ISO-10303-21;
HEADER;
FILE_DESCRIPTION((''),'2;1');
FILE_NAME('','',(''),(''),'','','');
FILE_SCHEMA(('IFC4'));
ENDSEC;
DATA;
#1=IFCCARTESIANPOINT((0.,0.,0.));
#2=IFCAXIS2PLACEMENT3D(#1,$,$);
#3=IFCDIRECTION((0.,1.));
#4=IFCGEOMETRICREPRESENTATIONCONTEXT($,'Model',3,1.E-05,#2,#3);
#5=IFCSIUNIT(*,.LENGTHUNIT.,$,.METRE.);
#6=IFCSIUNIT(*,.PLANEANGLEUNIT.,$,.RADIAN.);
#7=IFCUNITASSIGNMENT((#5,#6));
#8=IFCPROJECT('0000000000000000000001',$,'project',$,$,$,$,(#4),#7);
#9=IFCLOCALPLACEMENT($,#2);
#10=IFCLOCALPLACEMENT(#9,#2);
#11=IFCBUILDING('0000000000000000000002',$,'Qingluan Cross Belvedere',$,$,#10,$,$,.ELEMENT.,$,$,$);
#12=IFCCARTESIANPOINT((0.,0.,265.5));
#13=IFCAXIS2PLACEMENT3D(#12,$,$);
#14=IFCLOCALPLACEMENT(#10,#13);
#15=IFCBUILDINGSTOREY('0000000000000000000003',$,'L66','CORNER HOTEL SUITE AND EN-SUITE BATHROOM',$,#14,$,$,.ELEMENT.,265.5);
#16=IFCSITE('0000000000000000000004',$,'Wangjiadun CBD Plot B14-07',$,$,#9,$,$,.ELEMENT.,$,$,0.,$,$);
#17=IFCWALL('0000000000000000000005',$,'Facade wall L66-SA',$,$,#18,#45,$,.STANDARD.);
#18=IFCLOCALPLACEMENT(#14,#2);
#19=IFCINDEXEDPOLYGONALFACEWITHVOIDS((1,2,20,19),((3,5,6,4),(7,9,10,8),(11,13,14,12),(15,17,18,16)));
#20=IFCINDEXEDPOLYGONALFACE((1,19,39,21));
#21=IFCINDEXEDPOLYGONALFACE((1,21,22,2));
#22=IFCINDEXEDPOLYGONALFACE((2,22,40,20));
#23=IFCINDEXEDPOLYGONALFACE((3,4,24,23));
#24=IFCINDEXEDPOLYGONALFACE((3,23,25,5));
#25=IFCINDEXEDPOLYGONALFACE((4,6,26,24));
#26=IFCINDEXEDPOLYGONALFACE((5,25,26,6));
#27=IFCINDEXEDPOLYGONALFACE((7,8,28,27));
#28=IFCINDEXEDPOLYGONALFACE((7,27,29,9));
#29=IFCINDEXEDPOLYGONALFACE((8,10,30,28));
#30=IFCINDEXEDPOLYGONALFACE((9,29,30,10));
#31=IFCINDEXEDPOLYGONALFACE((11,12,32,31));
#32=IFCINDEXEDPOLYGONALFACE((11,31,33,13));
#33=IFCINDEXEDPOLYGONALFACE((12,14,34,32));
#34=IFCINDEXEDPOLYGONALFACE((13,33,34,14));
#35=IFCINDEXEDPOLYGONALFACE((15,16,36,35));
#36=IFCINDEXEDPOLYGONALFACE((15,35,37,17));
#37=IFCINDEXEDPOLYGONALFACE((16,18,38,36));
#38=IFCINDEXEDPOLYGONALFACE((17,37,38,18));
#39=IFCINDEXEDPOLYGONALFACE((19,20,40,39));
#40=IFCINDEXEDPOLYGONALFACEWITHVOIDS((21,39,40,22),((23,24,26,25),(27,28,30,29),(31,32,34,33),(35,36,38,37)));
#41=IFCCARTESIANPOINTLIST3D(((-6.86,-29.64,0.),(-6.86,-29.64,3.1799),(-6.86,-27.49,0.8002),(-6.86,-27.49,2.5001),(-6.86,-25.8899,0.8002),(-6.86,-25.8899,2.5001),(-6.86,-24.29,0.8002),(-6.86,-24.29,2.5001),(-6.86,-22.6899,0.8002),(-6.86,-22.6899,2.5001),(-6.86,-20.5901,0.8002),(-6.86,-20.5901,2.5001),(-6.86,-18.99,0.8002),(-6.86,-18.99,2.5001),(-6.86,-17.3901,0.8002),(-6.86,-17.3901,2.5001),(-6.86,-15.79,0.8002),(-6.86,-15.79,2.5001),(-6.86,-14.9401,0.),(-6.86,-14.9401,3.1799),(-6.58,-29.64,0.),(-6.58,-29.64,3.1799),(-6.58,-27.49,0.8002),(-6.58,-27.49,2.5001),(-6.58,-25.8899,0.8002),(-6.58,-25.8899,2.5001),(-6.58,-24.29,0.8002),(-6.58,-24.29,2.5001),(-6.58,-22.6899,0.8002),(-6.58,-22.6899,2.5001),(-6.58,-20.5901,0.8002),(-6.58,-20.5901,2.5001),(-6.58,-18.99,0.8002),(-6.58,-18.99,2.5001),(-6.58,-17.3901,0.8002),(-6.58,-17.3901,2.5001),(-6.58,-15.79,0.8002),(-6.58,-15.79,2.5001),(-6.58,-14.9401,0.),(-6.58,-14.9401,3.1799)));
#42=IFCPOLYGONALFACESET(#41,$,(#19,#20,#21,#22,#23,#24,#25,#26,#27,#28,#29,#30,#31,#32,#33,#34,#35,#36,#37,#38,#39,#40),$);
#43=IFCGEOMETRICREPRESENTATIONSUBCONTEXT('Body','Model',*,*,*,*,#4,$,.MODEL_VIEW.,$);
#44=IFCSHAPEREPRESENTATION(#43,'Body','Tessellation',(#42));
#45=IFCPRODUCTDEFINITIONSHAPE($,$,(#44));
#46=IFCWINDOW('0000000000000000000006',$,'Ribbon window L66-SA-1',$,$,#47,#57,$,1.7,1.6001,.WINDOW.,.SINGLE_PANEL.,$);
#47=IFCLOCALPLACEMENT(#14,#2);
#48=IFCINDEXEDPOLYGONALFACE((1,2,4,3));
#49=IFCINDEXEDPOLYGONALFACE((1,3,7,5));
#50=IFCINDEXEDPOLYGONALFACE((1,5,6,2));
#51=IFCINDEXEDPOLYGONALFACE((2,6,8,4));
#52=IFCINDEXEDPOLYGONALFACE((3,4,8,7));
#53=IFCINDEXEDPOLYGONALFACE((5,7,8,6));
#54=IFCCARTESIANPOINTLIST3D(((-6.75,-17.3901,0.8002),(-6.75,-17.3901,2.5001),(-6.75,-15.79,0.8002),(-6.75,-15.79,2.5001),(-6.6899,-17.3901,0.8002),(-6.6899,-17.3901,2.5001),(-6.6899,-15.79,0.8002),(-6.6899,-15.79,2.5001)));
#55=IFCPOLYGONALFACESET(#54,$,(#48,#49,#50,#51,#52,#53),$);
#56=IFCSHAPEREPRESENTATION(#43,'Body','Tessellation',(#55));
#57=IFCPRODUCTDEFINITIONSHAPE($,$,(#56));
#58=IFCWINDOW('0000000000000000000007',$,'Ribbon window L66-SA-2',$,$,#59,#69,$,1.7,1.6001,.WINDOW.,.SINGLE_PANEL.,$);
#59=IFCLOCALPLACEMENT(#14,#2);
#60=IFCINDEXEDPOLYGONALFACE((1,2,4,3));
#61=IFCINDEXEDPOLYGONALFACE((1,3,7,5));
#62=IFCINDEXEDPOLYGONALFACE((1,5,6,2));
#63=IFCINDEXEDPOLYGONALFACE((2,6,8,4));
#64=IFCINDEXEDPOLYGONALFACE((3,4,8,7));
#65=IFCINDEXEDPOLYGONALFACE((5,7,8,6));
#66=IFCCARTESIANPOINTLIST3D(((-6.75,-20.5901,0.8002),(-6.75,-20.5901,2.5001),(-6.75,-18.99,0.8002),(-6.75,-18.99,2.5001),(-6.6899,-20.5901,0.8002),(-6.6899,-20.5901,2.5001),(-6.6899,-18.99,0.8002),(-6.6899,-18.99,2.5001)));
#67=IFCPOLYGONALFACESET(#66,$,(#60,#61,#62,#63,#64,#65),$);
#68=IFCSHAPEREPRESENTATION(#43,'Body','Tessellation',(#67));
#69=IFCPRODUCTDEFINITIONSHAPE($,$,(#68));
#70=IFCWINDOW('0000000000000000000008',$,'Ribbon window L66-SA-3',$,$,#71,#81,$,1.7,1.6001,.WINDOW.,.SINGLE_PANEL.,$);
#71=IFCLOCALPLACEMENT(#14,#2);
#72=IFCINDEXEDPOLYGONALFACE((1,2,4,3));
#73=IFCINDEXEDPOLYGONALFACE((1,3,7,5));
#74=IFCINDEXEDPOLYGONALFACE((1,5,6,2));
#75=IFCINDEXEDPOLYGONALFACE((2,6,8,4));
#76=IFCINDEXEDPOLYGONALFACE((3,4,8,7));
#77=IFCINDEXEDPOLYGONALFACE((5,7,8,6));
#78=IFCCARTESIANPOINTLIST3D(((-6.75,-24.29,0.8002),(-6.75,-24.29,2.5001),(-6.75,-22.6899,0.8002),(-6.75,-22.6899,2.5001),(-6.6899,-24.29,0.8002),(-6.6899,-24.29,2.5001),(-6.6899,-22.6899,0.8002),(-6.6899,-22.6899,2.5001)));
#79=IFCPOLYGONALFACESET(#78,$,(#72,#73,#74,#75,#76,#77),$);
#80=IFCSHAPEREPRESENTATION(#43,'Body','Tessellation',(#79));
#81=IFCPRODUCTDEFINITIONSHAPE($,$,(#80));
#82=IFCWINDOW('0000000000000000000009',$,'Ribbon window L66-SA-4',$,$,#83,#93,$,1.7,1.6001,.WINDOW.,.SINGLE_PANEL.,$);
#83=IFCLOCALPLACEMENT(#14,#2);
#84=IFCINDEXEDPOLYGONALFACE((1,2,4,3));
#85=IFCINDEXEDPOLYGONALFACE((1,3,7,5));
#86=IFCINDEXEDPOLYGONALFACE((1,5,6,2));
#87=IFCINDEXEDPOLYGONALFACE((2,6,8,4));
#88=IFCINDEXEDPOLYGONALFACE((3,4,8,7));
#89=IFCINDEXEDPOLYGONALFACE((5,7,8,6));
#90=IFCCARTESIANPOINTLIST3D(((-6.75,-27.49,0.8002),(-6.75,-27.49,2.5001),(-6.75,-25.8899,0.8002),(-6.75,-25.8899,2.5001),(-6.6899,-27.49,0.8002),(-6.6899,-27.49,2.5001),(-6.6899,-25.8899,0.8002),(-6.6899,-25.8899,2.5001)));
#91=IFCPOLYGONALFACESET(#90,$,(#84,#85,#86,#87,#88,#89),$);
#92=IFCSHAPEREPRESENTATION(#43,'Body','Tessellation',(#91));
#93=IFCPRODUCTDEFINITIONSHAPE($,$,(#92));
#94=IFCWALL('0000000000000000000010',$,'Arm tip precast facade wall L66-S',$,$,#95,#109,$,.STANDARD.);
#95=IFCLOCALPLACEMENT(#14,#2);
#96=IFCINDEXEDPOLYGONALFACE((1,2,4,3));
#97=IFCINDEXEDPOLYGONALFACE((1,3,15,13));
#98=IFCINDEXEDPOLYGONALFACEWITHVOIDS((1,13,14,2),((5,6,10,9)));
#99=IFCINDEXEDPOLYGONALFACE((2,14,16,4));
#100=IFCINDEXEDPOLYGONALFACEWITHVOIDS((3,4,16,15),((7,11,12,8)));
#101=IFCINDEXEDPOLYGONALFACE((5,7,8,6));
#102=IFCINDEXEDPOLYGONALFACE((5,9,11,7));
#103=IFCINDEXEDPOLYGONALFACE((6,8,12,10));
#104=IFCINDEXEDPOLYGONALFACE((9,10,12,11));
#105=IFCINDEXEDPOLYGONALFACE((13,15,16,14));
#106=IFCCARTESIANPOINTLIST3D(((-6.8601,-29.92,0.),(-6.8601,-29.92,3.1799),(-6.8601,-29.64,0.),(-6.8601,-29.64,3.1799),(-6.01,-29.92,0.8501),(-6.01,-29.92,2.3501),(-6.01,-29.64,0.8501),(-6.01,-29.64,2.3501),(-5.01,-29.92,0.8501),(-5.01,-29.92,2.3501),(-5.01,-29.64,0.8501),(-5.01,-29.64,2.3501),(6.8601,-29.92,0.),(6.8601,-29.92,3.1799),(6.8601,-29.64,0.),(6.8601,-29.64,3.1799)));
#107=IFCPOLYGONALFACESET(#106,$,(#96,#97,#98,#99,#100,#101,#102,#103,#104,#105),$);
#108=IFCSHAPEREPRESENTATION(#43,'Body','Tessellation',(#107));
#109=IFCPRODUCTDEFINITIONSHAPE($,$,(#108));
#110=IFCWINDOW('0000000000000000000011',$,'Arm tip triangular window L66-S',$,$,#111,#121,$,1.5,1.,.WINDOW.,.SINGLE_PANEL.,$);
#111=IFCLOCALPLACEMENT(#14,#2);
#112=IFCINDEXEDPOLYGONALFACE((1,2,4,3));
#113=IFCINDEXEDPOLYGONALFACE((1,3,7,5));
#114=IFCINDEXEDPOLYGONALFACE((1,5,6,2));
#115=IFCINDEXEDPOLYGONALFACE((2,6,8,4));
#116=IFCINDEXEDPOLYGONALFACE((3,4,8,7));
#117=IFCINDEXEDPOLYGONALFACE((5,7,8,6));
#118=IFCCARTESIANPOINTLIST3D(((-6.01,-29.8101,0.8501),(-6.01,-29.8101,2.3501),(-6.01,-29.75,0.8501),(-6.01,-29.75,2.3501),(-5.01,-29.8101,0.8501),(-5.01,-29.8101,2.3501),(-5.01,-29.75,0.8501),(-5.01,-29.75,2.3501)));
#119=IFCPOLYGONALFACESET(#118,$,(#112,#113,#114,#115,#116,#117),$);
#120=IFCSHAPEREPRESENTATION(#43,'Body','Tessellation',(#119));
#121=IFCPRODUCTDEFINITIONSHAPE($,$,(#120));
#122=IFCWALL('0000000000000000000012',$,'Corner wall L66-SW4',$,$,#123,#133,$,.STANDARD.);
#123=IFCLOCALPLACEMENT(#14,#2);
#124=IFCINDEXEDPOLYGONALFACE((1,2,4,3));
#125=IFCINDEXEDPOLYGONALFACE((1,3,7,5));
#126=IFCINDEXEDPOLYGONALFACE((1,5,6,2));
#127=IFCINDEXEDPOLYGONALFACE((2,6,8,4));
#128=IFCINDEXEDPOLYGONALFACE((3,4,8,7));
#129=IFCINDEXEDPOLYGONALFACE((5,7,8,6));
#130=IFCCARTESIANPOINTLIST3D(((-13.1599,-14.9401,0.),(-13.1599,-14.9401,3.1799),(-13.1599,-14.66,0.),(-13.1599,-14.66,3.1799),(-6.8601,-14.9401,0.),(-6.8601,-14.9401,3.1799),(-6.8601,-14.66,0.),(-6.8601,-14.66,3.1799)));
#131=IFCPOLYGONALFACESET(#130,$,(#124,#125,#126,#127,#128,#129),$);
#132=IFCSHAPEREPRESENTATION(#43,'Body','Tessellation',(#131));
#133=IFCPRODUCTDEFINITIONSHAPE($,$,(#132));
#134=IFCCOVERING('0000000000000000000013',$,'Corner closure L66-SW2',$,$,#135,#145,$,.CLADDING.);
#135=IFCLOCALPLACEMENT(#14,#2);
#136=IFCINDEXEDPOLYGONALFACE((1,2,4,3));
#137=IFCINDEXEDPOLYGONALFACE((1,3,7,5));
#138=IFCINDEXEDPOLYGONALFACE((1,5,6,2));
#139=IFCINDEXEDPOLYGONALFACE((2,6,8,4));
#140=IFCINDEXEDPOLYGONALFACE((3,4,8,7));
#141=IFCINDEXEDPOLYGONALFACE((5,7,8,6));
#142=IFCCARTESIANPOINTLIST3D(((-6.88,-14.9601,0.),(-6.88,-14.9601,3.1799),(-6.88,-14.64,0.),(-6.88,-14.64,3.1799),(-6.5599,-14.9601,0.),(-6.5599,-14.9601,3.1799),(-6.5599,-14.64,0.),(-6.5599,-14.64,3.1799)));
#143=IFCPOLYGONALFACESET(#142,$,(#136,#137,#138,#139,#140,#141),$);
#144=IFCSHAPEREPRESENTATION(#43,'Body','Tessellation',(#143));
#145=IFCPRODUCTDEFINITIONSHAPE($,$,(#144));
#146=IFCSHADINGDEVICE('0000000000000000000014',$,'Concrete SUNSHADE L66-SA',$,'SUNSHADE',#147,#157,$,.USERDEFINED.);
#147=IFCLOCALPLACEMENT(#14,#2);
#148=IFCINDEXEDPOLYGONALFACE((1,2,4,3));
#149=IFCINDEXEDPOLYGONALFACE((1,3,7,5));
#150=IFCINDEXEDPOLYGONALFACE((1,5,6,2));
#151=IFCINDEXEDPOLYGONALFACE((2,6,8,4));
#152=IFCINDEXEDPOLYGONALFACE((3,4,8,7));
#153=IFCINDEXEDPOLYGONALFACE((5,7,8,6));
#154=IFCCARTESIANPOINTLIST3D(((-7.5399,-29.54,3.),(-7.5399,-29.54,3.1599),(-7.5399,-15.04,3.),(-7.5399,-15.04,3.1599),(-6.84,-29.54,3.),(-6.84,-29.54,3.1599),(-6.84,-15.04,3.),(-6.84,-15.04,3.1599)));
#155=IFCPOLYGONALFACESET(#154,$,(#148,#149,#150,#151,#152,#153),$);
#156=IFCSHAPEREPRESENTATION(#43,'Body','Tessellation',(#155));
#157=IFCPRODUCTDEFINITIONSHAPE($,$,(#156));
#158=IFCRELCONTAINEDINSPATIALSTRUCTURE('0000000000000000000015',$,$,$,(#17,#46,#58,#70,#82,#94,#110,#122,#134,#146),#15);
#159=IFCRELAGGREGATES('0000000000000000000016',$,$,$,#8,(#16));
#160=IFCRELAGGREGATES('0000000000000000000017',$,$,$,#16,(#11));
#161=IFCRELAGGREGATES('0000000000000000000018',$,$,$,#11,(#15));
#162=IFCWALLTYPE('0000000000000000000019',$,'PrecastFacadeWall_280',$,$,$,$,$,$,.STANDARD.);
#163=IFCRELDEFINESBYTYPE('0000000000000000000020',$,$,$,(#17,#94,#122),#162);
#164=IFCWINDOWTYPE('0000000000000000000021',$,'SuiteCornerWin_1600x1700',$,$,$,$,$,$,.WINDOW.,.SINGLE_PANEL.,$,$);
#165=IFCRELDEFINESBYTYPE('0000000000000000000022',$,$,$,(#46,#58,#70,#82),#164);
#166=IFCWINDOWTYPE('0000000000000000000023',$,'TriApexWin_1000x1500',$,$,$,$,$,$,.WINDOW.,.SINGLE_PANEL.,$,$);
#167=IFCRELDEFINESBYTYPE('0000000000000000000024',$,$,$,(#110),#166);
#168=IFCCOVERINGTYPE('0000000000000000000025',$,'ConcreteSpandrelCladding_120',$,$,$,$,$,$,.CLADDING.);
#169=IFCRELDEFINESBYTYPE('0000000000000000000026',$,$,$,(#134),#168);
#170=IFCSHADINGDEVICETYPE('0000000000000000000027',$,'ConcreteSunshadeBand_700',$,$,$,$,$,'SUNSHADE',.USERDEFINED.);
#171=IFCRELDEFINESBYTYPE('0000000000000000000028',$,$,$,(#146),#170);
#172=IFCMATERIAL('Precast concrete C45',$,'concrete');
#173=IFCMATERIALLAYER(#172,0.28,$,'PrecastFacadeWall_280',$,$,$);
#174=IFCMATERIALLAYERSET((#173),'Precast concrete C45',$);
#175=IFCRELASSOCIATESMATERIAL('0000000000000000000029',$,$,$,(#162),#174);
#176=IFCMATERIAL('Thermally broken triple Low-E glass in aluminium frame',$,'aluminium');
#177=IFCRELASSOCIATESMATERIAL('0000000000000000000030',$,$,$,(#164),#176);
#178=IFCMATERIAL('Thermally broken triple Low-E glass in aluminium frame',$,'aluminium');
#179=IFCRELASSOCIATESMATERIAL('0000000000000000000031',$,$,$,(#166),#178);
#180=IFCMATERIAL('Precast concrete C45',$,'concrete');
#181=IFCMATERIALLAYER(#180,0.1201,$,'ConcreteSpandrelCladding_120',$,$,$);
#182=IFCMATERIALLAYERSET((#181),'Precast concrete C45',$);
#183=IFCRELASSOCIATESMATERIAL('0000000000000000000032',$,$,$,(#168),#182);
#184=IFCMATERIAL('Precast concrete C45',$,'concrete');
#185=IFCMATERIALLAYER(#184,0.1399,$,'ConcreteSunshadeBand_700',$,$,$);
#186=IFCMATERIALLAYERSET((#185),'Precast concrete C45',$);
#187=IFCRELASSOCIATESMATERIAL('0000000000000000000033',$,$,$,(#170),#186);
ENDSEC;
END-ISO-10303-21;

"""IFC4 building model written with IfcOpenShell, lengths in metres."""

from ifc_helpers import new_model, si_unit, direction, frame, frame_2d, origin, origin_2d, place, context, subcontext, project, spatial, rectangle, extrude, material, layer, layer_set, type_object, element, fill, save


model = new_model("IFC4")

# Units and contexts
model_context = context("Model", 3, precision=1e-05, world=origin(), true_north=direction((0.0, 1.0)))
body_context = subcontext(model_context, "Body", "Model", "MODEL_VIEW")
ifc_project = project(units=[si_unit("LENGTHUNIT", "METRE"), si_unit("PLANEANGLEUNIT", "RADIAN")], contexts=[model_context])

# Site, building, storey
site_placement = place(None, origin())
site = spatial("IfcSite", under=ifc_project, at=site_placement, Name="Wangjiadun CBD Plot B14-07", CompositionType="ELEMENT", RefElevation=0.0)
building_placement = place(site_placement, origin())
building = spatial("IfcBuilding", under=site, at=building_placement, Name="Qingluan Cross Belvedere", CompositionType="ELEMENT")
storey_placement = place(building_placement, frame((0.0, 0.0, 265.5)))
storey = spatial("IfcBuildingStorey", under=building, at=storey_placement, Name="L66", Description="CORNER HOTEL SUITE AND EN-SUITE BATHROOM", CompositionType="ELEMENT", Elevation=265.5)

# Wall, openings, windows
ifc_material_1 = material(Name="Precast concrete C45", Category="concrete")
ifc_layer_1 = layer(ifc_material_1, 0.28, Name="PrecastFacadeWall_280")
ifc_layer_set_1 = layer_set([ifc_layer_1], Name="Precast concrete C45")
wall_type_1 = type_object("IfcWallType", Name="PrecastFacadeWall_280", PredefinedType="STANDARD", material=ifc_layer_set_1)
wall_1_placement = place(storey_placement, frame((-6.72, -14.9399, 0.0), z_axis=(0.0, 0.0, 1.0), x_axis=(0.0, -1.0, 0.0)))
wall_1 = element("IfcWall", 1, at=wall_1_placement, inside=storey, type_object=wall_type_1, Name="Facade wall L66-SA", PredefinedType="STANDARD", context=body_context, shape_type="SweptSolid", body=[
    extrude(rectangle(XDim=14.7, YDim=0.28, at=frame_2d((7.3501, 0.0))), origin(), (0.0, 0.0, 1.0), 3.1799),
])
opening_1_placement = place(wall_1_placement, frame((0.8501, 0.0, 0.8)))
opening_1 = element("IfcOpeningElement", 2, at=opening_1_placement, cuts=wall_1, PredefinedType="OPENING", context=body_context, shape_type="SweptSolid", body=[
    extrude(rectangle(XDim=1.6001, YDim=1.7, at=frame_2d((0.8, 0.8501))), frame((0.0, 0.1499, 0.0), z_axis=(0.0, -1.0, 0.0), x_axis=(1.0, 0.0, 0.0)), (0.0, 0.0, 1.0), 0.3),
])
opening_2_placement = place(wall_1_placement, frame((4.05, 0.0, 0.8)))
opening_2 = element("IfcOpeningElement", 3, at=opening_2_placement, cuts=wall_1, PredefinedType="OPENING", context=body_context, shape_type="SweptSolid", body=[
    extrude(rectangle(XDim=1.6001, YDim=1.7, at=frame_2d((0.8, 0.8501))), frame((0.0, 0.1499, 0.0), z_axis=(0.0, -1.0, 0.0), x_axis=(1.0, 0.0, 0.0)), (0.0, 0.0, 1.0), 0.3),
])
opening_3_placement = place(wall_1_placement, frame((7.75, 0.0, 0.8)))
opening_3 = element("IfcOpeningElement", 4, at=opening_3_placement, cuts=wall_1, PredefinedType="OPENING", context=body_context, shape_type="SweptSolid", body=[
    extrude(rectangle(XDim=1.6001, YDim=1.7, at=frame_2d((0.8, 0.8501))), frame((0.0, 0.1499, 0.0), z_axis=(0.0, -1.0, 0.0), x_axis=(1.0, 0.0, 0.0)), (0.0, 0.0, 1.0), 0.3),
])
opening_4_placement = place(wall_1_placement, frame((10.95, 0.0, 0.8)))
opening_4 = element("IfcOpeningElement", 5, at=opening_4_placement, cuts=wall_1, PredefinedType="OPENING", context=body_context, shape_type="SweptSolid", body=[
    extrude(rectangle(XDim=1.6001, YDim=1.7, at=frame_2d((0.8, 0.8501))), frame((0.0, 0.1499, 0.0), z_axis=(0.0, -1.0, 0.0), x_axis=(1.0, 0.0, 0.0)), (0.0, 0.0, 1.0), 0.3),
])
ifc_material_2 = material(Name="Thermally broken triple Low-E glass in aluminium frame", Category="aluminium")
window_type_1 = type_object("IfcWindowType", Name="SuiteCornerWin_1600x1700", PartitioningType="SINGLE_PANEL", PredefinedType="WINDOW", material=ifc_material_2)
window_1_placement = place(opening_1_placement, origin())
window_1 = element("IfcWindow", 6, at=window_1_placement, inside=storey, type_object=window_type_1, Name="Ribbon window L66-SA-1", OverallHeight=1.7, OverallWidth=1.6001, PartitioningType="SINGLE_PANEL", PredefinedType="WINDOW", context=body_context, shape_type="SweptSolid", body=[
    extrude(rectangle(XDim=1.6001, YDim=1.7, at=frame_2d((0.8, 0.8501))), frame((0.0, 0.03, 0.0), z_axis=(0.0, -1.0, 0.0), x_axis=(1.0, 0.0, 0.0)), (0.0, 0.0, 1.0), 0.0601),
])
fill(opening_1, window_1)
window_2_placement = place(opening_2_placement, origin())
window_2 = element("IfcWindow", 7, at=window_2_placement, inside=storey, type_object=window_type_1, Name="Ribbon window L66-SA-2", OverallHeight=1.7, OverallWidth=1.6001, PartitioningType="SINGLE_PANEL", PredefinedType="WINDOW", context=body_context, shape_type="SweptSolid", body=[
    extrude(rectangle(XDim=1.6001, YDim=1.7, at=frame_2d((0.8, 0.8501))), frame((0.0, 0.03, 0.0), z_axis=(0.0, -1.0, 0.0), x_axis=(1.0, 0.0, 0.0)), (0.0, 0.0, 1.0), 0.0601),
])
fill(opening_2, window_2)
window_3_placement = place(opening_3_placement, origin())
window_3 = element("IfcWindow", 8, at=window_3_placement, inside=storey, type_object=window_type_1, Name="Ribbon window L66-SA-3", OverallHeight=1.7, OverallWidth=1.6001, PartitioningType="SINGLE_PANEL", PredefinedType="WINDOW", context=body_context, shape_type="SweptSolid", body=[
    extrude(rectangle(XDim=1.6001, YDim=1.7, at=frame_2d((0.8, 0.8501))), frame((0.0, 0.03, 0.0), z_axis=(0.0, -1.0, 0.0), x_axis=(1.0, 0.0, 0.0)), (0.0, 0.0, 1.0), 0.0601),
])
fill(opening_3, window_3)
window_4_placement = place(opening_4_placement, origin())
window_4 = element("IfcWindow", 9, at=window_4_placement, inside=storey, type_object=window_type_1, Name="Ribbon window L66-SA-4", OverallHeight=1.7, OverallWidth=1.6001, PartitioningType="SINGLE_PANEL", PredefinedType="WINDOW", context=body_context, shape_type="SweptSolid", body=[
    extrude(rectangle(XDim=1.6001, YDim=1.7, at=frame_2d((0.8, 0.8501))), frame((0.0, 0.03, 0.0), z_axis=(0.0, -1.0, 0.0), x_axis=(1.0, 0.0, 0.0)), (0.0, 0.0, 1.0), 0.0601),
])
fill(opening_4, window_4)

# Wall, opening, window
wall_2_placement = place(storey_placement, frame((-6.8601, -29.78, 0.0), z_axis=(0.0, 0.0, 1.0), x_axis=(1.0, 0.0, 0.0)))
wall_2 = element("IfcWall", 10, at=wall_2_placement, inside=storey, type_object=wall_type_1, Name="Arm tip precast facade wall L66-S", PredefinedType="STANDARD", context=body_context, shape_type="SweptSolid", body=[
    extrude(rectangle(XDim=13.7202, YDim=0.28, at=frame_2d((6.8601, 0.0))), origin(), (0.0, 0.0, 1.0), 3.1799),
])
opening_5_placement = place(wall_2_placement, frame((0.8501, 0.0, 0.8501)))
opening_5 = element("IfcOpeningElement", 11, at=opening_5_placement, cuts=wall_2, PredefinedType="OPENING", context=body_context, shape_type="SweptSolid", body=[
    extrude(rectangle(XDim=1.0, YDim=1.5, at=frame_2d((0.5, 0.75))), frame((0.0, 0.1499, 0.0), z_axis=(0.0, -1.0, 0.0), x_axis=(1.0, 0.0, 0.0)), (0.0, 0.0, 1.0), 0.3),
])
ifc_material_3 = material(Name="Thermally broken triple Low-E glass in aluminium frame", Category="aluminium")
window_type_2 = type_object("IfcWindowType", Name="TriApexWin_1000x1500", PartitioningType="SINGLE_PANEL", PredefinedType="WINDOW", material=ifc_material_3)
window_5_placement = place(opening_5_placement, origin())
window_5 = element("IfcWindow", 12, at=window_5_placement, inside=storey, type_object=window_type_2, Name="Arm tip triangular window L66-S", OverallHeight=1.5, OverallWidth=1.0, PartitioningType="SINGLE_PANEL", PredefinedType="WINDOW", context=body_context, shape_type="SweptSolid", body=[
    extrude(rectangle(XDim=1.0, YDim=1.5, at=frame_2d((0.5, 0.75))), frame((0.0, 0.03, 0.0), z_axis=(0.0, -1.0, 0.0), x_axis=(1.0, 0.0, 0.0)), (0.0, 0.0, 1.0), 0.0601),
])
fill(opening_5, window_5)

# Wall
wall_3_placement = place(storey_placement, frame((-13.1599, -14.8, 0.0), z_axis=(0.0, 0.0, 1.0), x_axis=(1.0, 0.0, 0.0)))
element("IfcWall", 13, at=wall_3_placement, inside=storey, type_object=wall_type_1, Name="Corner wall L66-SW4", PredefinedType="STANDARD", context=body_context, shape_type="SweptSolid", body=[
    extrude(rectangle(XDim=6.2998, YDim=0.28, at=frame_2d((3.1499, 0.0))), origin(), (0.0, 0.0, 1.0), 3.1799),
])

# Covering
ifc_material_4 = material(Name="Precast concrete C45", Category="concrete")
ifc_layer_2 = layer(ifc_material_4, 0.1201, Name="ConcreteSpandrelCladding_120")
ifc_layer_set_2 = layer_set([ifc_layer_2], Name="Precast concrete C45")
covering_type = type_object("IfcCoveringType", Name="ConcreteSpandrelCladding_120", PredefinedType="CLADDING", material=ifc_layer_set_2)
covering_placement = place(storey_placement, frame((-6.72, -14.8, 0.0), z_axis=(0.0, 0.0, 1.0), x_axis=(1.0, 0.0, 0.0)))
element("IfcCovering", 14, at=covering_placement, inside=storey, type_object=covering_type, Name="Corner closure L66-SW2", PredefinedType="CLADDING", context=body_context, shape_type="SweptSolid", body=[
    extrude(rectangle(XDim=0.3201, YDim=0.3201, at=origin_2d()), origin(), (0.0, 0.0, 1.0), 3.1799),
])

# Shading device
ifc_material_5 = material(Name="Precast concrete C45", Category="concrete")
ifc_layer_3 = layer(ifc_material_5, 0.1399, Name="ConcreteSunshadeBand_700")
ifc_layer_set_3 = layer_set([ifc_layer_3], Name="Precast concrete C45")
shading_device_type = type_object("IfcShadingDeviceType", Name="ConcreteSunshadeBand_700", ElementType="SUNSHADE", PredefinedType="USERDEFINED", material=ifc_layer_set_3)
shading_device_placement = place(storey_placement, frame((-7.1899, -22.29, 3.0), z_axis=(0.0, 0.0, 1.0), x_axis=(0.0, -1.0, 0.0)))
element("IfcShadingDevice", 15, at=shading_device_placement, inside=storey, type_object=shading_device_type, Name="Concrete SUNSHADE L66-SA", ObjectType="SUNSHADE", PredefinedType="USERDEFINED", context=body_context, shape_type="SweptSolid", body=[
    extrude(rectangle(XDim=14.5, YDim=0.7, at=origin_2d()), origin(), (0.0, 0.0, 1.0), 0.1599),
])

save(model, "model.ifc")
